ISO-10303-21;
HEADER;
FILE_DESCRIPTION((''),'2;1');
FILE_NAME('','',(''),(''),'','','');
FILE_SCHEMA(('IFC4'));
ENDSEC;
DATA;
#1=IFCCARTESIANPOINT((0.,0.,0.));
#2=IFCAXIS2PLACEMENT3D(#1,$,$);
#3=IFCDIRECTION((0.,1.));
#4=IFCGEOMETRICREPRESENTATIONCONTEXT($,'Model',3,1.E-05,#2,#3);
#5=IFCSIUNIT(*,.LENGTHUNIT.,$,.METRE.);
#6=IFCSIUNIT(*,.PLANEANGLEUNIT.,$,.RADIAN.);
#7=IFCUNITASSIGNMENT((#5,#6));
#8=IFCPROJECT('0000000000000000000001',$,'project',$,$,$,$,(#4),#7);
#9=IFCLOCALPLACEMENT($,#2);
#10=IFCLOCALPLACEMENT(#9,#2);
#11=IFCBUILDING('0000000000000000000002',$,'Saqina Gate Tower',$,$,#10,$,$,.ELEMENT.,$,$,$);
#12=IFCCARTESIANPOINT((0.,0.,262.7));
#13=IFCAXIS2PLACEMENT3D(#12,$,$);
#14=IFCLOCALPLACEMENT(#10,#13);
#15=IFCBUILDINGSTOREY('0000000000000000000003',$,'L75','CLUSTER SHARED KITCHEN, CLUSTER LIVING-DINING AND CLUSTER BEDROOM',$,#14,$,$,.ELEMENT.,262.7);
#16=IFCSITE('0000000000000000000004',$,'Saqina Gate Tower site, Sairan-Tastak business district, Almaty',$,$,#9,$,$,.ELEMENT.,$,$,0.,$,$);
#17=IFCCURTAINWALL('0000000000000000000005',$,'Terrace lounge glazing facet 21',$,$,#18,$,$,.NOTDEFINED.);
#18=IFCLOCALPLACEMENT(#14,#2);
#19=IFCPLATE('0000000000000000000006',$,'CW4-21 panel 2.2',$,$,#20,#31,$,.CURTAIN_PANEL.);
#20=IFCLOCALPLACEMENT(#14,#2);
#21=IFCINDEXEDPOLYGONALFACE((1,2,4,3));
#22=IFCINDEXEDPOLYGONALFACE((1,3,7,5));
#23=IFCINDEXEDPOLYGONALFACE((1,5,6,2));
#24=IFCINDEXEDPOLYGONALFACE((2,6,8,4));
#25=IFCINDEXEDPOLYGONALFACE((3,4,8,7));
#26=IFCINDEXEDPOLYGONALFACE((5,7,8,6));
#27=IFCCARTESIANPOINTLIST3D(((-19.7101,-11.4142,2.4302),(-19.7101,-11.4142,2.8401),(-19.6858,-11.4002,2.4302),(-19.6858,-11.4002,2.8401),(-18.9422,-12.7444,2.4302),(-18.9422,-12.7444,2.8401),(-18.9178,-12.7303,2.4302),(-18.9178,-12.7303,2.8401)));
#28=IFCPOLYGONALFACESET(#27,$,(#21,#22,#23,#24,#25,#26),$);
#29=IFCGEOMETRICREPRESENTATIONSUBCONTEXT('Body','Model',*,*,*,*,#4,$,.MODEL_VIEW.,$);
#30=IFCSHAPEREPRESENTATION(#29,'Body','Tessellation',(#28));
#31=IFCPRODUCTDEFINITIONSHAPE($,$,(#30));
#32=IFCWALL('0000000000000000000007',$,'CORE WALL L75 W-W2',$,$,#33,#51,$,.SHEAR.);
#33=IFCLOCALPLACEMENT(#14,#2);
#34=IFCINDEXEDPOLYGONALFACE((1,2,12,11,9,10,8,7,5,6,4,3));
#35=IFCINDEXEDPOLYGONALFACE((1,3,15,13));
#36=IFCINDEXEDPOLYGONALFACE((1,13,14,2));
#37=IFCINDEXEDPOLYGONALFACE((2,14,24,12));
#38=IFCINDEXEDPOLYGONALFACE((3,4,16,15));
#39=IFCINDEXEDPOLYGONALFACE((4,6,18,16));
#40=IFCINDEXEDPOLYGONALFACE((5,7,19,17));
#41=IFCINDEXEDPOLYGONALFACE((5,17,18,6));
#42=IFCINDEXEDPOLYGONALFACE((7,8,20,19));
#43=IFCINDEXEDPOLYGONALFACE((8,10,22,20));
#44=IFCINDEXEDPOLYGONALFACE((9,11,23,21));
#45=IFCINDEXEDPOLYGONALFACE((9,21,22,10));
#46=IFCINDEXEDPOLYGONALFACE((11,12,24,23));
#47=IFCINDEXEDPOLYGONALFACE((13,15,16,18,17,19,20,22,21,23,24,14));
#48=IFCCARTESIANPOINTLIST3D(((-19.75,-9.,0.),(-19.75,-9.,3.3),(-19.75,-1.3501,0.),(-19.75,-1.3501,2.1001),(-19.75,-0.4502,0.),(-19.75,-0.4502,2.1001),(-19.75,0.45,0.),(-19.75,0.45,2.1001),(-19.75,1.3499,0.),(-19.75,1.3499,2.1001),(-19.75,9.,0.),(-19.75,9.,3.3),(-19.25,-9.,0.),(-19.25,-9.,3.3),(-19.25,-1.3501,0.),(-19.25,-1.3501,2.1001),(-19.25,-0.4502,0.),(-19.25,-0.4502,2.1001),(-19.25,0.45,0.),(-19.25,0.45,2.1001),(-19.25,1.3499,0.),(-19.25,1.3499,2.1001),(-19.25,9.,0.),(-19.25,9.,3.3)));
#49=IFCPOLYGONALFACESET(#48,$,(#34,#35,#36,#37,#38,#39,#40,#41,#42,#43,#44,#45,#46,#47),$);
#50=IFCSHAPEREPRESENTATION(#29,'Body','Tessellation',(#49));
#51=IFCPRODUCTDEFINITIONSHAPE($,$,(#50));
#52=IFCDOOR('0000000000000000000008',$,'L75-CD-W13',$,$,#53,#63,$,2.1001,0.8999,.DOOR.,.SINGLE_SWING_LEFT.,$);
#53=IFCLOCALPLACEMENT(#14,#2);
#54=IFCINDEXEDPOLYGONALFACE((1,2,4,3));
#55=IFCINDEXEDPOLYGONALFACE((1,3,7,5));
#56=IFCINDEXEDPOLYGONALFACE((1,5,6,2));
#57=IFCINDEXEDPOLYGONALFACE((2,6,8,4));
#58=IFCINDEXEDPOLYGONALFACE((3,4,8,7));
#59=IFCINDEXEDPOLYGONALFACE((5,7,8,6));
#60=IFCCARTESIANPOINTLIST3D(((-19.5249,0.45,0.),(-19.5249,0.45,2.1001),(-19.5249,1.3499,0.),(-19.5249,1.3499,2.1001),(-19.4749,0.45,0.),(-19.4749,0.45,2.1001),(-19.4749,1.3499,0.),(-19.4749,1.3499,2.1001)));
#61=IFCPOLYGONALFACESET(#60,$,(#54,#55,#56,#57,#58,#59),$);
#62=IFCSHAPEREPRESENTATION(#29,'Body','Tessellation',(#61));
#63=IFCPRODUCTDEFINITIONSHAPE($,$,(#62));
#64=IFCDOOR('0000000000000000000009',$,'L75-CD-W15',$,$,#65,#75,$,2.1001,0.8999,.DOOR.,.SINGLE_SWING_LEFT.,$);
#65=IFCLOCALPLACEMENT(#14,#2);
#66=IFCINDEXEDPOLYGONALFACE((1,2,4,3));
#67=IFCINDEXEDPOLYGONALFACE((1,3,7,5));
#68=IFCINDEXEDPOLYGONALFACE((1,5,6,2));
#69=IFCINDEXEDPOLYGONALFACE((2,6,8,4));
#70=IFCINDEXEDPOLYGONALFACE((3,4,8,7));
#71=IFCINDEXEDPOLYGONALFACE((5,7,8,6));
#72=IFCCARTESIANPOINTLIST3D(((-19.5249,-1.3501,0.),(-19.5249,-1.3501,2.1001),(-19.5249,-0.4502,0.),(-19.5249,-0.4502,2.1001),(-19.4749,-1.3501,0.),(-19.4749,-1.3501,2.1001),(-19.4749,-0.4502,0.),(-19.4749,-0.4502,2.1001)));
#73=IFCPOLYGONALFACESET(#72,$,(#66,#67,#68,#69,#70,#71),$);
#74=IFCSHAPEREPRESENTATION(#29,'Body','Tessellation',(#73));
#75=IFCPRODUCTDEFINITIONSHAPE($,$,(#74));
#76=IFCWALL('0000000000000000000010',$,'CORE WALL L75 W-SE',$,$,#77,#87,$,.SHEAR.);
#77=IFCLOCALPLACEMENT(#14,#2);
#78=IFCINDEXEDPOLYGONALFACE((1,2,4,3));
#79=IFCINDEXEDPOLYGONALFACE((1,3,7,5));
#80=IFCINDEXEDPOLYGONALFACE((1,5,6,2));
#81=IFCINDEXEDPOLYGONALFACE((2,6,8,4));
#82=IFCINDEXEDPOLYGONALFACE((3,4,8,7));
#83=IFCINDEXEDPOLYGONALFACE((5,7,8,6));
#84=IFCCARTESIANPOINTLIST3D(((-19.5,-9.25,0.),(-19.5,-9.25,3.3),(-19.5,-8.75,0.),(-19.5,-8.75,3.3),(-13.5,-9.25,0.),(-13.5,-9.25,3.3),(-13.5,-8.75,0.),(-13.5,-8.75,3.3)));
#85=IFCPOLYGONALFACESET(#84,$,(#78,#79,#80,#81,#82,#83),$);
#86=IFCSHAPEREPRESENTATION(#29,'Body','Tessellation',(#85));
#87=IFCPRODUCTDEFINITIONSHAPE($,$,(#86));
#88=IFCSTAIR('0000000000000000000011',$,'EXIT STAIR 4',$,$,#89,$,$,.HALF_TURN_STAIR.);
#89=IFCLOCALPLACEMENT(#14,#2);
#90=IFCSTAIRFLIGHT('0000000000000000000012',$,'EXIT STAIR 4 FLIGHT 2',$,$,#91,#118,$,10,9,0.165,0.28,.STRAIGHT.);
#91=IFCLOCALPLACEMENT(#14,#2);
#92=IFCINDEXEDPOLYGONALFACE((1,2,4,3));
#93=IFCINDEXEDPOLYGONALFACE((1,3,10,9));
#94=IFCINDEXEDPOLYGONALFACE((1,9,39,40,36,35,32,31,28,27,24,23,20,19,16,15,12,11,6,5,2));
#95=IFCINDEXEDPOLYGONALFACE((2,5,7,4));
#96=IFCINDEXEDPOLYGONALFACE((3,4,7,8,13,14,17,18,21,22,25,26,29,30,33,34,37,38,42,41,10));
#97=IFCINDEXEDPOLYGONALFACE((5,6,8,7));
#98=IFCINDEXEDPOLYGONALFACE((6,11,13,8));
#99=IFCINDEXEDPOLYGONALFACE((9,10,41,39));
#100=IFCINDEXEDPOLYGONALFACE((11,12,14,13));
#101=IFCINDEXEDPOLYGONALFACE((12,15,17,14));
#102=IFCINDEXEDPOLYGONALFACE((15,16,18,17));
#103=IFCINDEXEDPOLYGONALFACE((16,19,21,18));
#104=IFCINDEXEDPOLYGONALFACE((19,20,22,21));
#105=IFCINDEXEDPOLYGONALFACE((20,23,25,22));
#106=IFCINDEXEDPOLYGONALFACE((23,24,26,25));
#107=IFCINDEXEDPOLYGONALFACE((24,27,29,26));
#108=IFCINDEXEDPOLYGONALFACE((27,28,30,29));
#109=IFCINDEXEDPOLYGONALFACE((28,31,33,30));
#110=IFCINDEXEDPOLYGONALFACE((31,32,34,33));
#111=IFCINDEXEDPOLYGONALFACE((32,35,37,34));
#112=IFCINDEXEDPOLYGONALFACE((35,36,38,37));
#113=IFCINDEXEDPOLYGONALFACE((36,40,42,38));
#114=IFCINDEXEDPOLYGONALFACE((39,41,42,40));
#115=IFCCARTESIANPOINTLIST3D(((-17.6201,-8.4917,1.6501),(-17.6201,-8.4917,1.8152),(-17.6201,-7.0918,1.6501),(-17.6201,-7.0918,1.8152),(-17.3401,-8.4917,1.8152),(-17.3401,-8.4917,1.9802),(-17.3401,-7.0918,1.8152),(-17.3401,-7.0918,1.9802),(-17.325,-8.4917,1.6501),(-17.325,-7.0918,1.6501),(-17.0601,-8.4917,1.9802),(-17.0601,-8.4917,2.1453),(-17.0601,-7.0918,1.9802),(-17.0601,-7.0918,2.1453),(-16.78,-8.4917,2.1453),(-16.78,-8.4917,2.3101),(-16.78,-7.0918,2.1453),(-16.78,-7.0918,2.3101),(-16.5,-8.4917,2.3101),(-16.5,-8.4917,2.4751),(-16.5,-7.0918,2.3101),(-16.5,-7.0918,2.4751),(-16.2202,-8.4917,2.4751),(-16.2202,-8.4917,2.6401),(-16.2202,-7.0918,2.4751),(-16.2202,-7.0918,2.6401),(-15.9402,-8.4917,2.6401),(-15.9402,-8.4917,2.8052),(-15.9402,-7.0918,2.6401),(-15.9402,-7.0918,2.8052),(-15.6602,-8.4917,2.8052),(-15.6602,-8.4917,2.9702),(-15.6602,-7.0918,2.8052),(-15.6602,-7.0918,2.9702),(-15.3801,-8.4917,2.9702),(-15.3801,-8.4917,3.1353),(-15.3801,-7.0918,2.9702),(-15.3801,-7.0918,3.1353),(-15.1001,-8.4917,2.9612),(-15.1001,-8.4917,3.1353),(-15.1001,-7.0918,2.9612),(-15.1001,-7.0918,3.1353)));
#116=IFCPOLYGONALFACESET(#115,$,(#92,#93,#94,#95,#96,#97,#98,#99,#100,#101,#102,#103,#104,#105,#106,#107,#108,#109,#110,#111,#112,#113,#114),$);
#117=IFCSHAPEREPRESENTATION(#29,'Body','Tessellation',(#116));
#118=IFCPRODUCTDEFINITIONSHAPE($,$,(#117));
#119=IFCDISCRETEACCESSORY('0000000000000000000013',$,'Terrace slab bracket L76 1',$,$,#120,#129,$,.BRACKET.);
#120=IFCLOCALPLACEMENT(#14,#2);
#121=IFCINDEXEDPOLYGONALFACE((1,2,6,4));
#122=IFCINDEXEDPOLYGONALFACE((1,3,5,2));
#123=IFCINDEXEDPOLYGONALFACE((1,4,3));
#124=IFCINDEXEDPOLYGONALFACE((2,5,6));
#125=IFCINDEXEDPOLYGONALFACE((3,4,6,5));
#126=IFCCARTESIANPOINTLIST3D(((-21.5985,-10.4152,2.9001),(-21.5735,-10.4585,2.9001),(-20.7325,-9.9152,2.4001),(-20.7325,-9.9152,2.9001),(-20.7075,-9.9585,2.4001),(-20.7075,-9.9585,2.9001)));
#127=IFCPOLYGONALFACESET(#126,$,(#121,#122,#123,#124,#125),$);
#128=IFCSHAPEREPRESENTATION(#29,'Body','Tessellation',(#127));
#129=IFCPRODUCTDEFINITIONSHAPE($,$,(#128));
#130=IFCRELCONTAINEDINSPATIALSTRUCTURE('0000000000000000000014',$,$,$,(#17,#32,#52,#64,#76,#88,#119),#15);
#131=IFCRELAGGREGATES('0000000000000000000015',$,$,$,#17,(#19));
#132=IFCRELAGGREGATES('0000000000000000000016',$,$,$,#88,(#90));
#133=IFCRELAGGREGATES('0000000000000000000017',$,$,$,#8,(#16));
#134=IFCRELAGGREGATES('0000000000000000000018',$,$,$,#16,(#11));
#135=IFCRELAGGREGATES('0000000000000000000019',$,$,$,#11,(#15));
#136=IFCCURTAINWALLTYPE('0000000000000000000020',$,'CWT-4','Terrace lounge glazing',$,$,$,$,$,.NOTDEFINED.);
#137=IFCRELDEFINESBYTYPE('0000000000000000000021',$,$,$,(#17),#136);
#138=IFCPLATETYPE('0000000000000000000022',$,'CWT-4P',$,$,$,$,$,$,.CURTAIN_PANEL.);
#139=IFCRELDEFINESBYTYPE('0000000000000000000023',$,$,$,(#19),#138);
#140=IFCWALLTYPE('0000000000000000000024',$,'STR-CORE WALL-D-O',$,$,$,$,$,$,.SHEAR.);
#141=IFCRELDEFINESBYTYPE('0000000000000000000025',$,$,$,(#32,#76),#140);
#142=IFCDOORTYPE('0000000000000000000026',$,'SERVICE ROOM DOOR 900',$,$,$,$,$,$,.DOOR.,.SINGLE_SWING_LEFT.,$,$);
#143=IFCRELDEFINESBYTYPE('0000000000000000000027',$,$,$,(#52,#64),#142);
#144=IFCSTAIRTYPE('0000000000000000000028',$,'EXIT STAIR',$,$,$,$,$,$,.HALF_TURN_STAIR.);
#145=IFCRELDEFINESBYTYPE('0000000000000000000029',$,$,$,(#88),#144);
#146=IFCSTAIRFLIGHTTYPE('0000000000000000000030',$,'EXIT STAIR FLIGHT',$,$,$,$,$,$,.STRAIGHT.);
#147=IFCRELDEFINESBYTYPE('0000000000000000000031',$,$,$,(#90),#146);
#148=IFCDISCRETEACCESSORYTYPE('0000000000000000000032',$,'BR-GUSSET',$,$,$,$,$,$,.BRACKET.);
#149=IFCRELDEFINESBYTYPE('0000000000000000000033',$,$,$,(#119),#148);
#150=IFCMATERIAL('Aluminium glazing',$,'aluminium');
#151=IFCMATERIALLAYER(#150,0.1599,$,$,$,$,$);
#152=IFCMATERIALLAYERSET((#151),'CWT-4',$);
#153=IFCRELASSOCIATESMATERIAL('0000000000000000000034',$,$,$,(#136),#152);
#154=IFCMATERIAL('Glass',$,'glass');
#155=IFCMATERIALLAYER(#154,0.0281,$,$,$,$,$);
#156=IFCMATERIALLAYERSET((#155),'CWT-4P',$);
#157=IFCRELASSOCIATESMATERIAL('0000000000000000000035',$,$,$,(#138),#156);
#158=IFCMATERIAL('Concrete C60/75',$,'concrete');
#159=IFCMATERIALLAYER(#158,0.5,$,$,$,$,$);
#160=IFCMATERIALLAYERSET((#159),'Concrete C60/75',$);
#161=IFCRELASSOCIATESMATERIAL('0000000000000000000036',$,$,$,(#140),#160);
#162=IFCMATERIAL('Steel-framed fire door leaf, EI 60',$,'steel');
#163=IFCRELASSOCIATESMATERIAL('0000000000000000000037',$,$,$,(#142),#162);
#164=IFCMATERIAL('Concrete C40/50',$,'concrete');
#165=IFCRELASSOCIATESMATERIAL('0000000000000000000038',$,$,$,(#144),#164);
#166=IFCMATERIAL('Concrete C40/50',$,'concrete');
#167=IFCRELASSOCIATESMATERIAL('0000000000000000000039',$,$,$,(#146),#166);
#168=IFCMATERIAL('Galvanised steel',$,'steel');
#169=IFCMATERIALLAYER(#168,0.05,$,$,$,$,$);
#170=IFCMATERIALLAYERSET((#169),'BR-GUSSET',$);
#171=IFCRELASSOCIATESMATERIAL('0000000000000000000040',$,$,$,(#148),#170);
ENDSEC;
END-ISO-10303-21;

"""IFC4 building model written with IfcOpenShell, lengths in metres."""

from ifc_helpers import new_model, si_unit, direction, frame, frame_2d, origin, origin_2d, place, context, subcontext, project, spatial, polyline, rectangle, outline, extrude, material, layer, layer_set, type_object, element, fill, aggregate, save


model = new_model("IFC4")

# Units and contexts
model_context = context("Model", 3, precision=1e-05, world=origin(), true_north=direction((0.0, 1.0)))
body_context = subcontext(model_context, "Body", "Model", "MODEL_VIEW")
ifc_project = project(units=[si_unit("LENGTHUNIT", "METRE"), si_unit("PLANEANGLEUNIT", "RADIAN")], contexts=[model_context])

# Site, building, storey
site_placement = place(None, origin())
site = spatial("IfcSite", under=ifc_project, at=site_placement, Name="Saqina Gate Tower site, Sairan-Tastak business district, Almaty", CompositionType="ELEMENT", RefElevation=0.0)
building_placement = place(site_placement, origin())
building = spatial("IfcBuilding", under=site, at=building_placement, Name="Saqina Gate Tower", CompositionType="ELEMENT")
storey_placement = place(building_placement, frame((0.0, 0.0, 262.7)))
storey = spatial("IfcBuildingStorey", under=building, at=storey_placement, Name="L75", Description="CLUSTER SHARED KITCHEN, CLUSTER LIVING-DINING AND CLUSTER BEDROOM", CompositionType="ELEMENT", Elevation=262.7)

# Curtain wall
ifc_material_1 = material(Name="Aluminium glazing", Category="aluminium")
ifc_layer_1 = layer(ifc_material_1, 0.1599)
ifc_layer_set_1 = layer_set([ifc_layer_1], Name="CWT-4")
curtain_wall_type = type_object("IfcCurtainWallType", Name="CWT-4", Description="Terrace lounge glazing", PredefinedType="NOTDEFINED", material=ifc_layer_set_1)
curtain_wall_placement = place(storey_placement, origin())
curtain_wall = element("IfcCurtainWall", 1, at=curtain_wall_placement, inside=storey, type_object=curtain_wall_type, Name="Terrace lounge glazing facet 21", PredefinedType="NOTDEFINED")

# Plate
ifc_material_2 = material(Name="Glass", Category="glass")
ifc_layer_2 = layer(ifc_material_2, 0.0281)
ifc_layer_set_2 = layer_set([ifc_layer_2], Name="CWT-4P")
plate_type = type_object("IfcPlateType", Name="CWT-4P", PredefinedType="CURTAIN_PANEL", material=ifc_layer_set_2)
plate_1_placement = place(storey_placement, frame((-19.314, -12.0723, 2.4302), z_axis=(0.0, 0.0, 1.0), x_axis=(0.499982, -0.866036, 0.0)))
plate_1 = element("IfcPlate", 2, at=plate_1_placement, type_object=plate_type, Name="CW4-21 panel 2.2", PredefinedType="CURTAIN_PANEL", context=body_context, shape_type="SweptSolid", body=[
    extrude(rectangle(XDim=1.5359, YDim=0.0281, at=origin_2d()), origin(), (0.0, 0.0, 1.0), 0.4099),
])
aggregate(curtain_wall, [plate_1])

# Wall, openings, doors
ifc_material_3 = material(Name="Concrete C60/75", Category="concrete")
ifc_layer_3 = layer(ifc_material_3, 0.5)
ifc_layer_set_3 = layer_set([ifc_layer_3], Name="Concrete C60/75")
wall_type = type_object("IfcWallType", Name="STR-CORE WALL-D-O", PredefinedType="SHEAR", material=ifc_layer_set_3)
wall_1_placement = place(storey_placement, frame((-19.5, -9.0, 0.0), z_axis=(0.0, 0.0, 1.0), x_axis=(0.0, 1.0, 0.0)))
wall_1 = element("IfcWall", 3, at=wall_1_placement, inside=storey, type_object=wall_type, Name="CORE WALL L75 W-W2", PredefinedType="SHEAR", context=body_context, shape_type="SweptSolid", body=[
    extrude(rectangle(XDim=18.0, YDim=0.5, at=frame_2d((9.0, 0.0))), origin(), (0.0, 0.0, 1.0), 3.3),
])
opening_1_placement = place(wall_1_placement, frame((9.45, 0.0, 0.0)))
opening_1 = element("IfcOpeningElement", 4, at=opening_1_placement, cuts=wall_1, PredefinedType="OPENING", context=body_context, shape_type="SweptSolid", body=[
    extrude(rectangle(XDim=0.8999, YDim=2.1001, at=frame_2d((0.45, 1.05))), frame((0.0, 0.262, 0.0), z_axis=(0.0, -1.0, 0.0), x_axis=(1.0, 0.0, 0.0)), (0.0, 0.0, 1.0), 0.5239),
])
opening_2_placement = place(wall_1_placement, frame((7.6499, 0.0, 0.0)))
opening_2 = element("IfcOpeningElement", 5, at=opening_2_placement, cuts=wall_1, PredefinedType="OPENING", context=body_context, shape_type="SweptSolid", body=[
    extrude(rectangle(XDim=0.8999, YDim=2.1001, at=frame_2d((0.45, 1.05))), frame((0.0, 0.262, 0.0), z_axis=(0.0, -1.0, 0.0), x_axis=(1.0, 0.0, 0.0)), (0.0, 0.0, 1.0), 0.5239),
])
ifc_material_4 = material(Name="Steel-framed fire door leaf, EI 60", Category="steel")
door_type_1 = type_object("IfcDoorType", Name="SERVICE ROOM DOOR 900", OperationType="SINGLE_SWING_LEFT", PredefinedType="DOOR", material=ifc_material_4)
door_1_placement = place(opening_1_placement, origin())
door_1 = element("IfcDoor", 6, at=door_1_placement, inside=storey, type_object=door_type_1, Name="L75-CD-W13", OperationType="SINGLE_SWING_LEFT", OverallHeight=2.1001, OverallWidth=0.8999, PredefinedType="DOOR", context=body_context, shape_type="SweptSolid", body=[
    extrude(rectangle(XDim=0.8999, YDim=2.1001, at=frame_2d((0.45, 1.05))), frame((0.0, 0.0249, 0.0), z_axis=(0.0, -1.0, 0.0), x_axis=(1.0, 0.0, 0.0)), (0.0, 0.0, 1.0), 0.05),
])
fill(opening_1, door_1)
door_2_placement = place(opening_2_placement, origin())
door_2 = element("IfcDoor", 7, at=door_2_placement, inside=storey, type_object=door_type_1, Name="L75-CD-W15", OperationType="SINGLE_SWING_LEFT", OverallHeight=2.1001, OverallWidth=0.8999, PredefinedType="DOOR", context=body_context, shape_type="SweptSolid", body=[
    extrude(rectangle(XDim=0.8999, YDim=2.1001, at=frame_2d((0.45, 1.05))), frame((0.0, 0.0249, 0.0), z_axis=(0.0, -1.0, 0.0), x_axis=(1.0, 0.0, 0.0)), (0.0, 0.0, 1.0), 0.05),
])
fill(opening_2, door_2)

# Wall
wall_2_placement = place(storey_placement, frame((-13.5, -9.0, 0.0), z_axis=(0.0, 0.0, 1.0), x_axis=(-1.0, 0.0, 0.0)))
element("IfcWall", 8, at=wall_2_placement, inside=storey, type_object=wall_type, Name="CORE WALL L75 W-SE", PredefinedType="SHEAR", context=body_context, shape_type="SweptSolid", body=[
    extrude(rectangle(XDim=6.0, YDim=0.5, at=frame_2d((3.0, 0.0))), origin(), (0.0, 0.0, 1.0), 3.3),
])

# Stair, stair flight
ifc_material_5 = material(Name="Concrete C40/50", Category="concrete")
stair_type = type_object("IfcStairType", Name="EXIT STAIR", PredefinedType="HALF_TURN_STAIR", material=ifc_material_5)
stair_placement = place(storey_placement, origin())
stair = element("IfcStair", 9, at=stair_placement, inside=storey, type_object=stair_type, Name="EXIT STAIR 4", PredefinedType="HALF_TURN_STAIR")
ifc_material_6 = material(Name="Concrete C40/50", Category="concrete")
stair_flight_type = type_object("IfcStairFlightType", Name="EXIT STAIR FLIGHT", PredefinedType="STRAIGHT", material=ifc_material_6)
stair_flight_placement = place(storey_placement, frame((-17.6201, -7.7917, 1.6501), z_axis=(0.0, 0.0, 1.0), x_axis=(1.0, 0.0, 0.0)))
stair_flight = element("IfcStairFlight", 10, at=stair_flight_placement, type_object=stair_flight_type, Name="EXIT STAIR 4 FLIGHT 2", NumberOfRisers=10, NumberOfTreads=9, PredefinedType="STRAIGHT", RiserHeight=0.165, TreadLength=0.28, context=body_context, shape_type="SweptSolid", body=[
    extrude(outline(polyline([(0.0, 0.0), (0.0, 0.165), (0.28, 0.165), (0.28, 0.3301), (0.5601, 0.3301), (0.5601, 0.4951), (0.8401, 0.4951), (0.8401, 0.6599), (1.1201, 0.6599), (1.1201, 0.825), (1.3999, 0.825), (1.3999, 0.99), (1.6799, 0.99), (1.6799, 1.155), (1.96, 1.155), (1.96, 1.3201), (2.24, 1.3201), (2.24, 1.4851), (2.52, 1.4851), (2.52, 1.6499), (2.52, 1.311), (0.2952, 0.0), (0.0, 0.0)])), frame((0.0, 0.7, 0.0), z_axis=(0.0, -1.0, 0.0), x_axis=(1.0, 0.0, 0.0)), (0.0, 0.0, 1.0), 1.3999),
])
aggregate(stair, [stair_flight])

# Discrete accessory
ifc_material_7 = material(Name="Galvanised steel", Category="steel")
ifc_layer_4 = layer(ifc_material_7, 0.05)
ifc_layer_set_4 = layer_set([ifc_layer_4], Name="BR-GUSSET")
discrete_accessory_type = type_object("IfcDiscreteAccessoryType", Name="BR-GUSSET", PredefinedType="BRACKET", material=ifc_layer_set_4)
discrete_accessory_placement = place(storey_placement, frame((-20.7075, -9.9585, 2.4001), z_axis=(0.500025, -0.866011, 0.0), x_axis=(0.0, 0.0, 1.0)))
element("IfcDiscreteAccessory", 11, at=discrete_accessory_placement, inside=storey, type_object=discrete_accessory_type, Name="Terrace slab bracket L76 1", PredefinedType="BRACKET", context=body_context, shape_type="SweptSolid", body=[
    extrude(outline(polyline([(0.0, 0.0), (0.5, 0.0), (0.5, 0.9999), (0.0, 0.0)])), origin(), (0.0, 0.0, -1.0), 0.05),
])

save(model, "model.ifc")
